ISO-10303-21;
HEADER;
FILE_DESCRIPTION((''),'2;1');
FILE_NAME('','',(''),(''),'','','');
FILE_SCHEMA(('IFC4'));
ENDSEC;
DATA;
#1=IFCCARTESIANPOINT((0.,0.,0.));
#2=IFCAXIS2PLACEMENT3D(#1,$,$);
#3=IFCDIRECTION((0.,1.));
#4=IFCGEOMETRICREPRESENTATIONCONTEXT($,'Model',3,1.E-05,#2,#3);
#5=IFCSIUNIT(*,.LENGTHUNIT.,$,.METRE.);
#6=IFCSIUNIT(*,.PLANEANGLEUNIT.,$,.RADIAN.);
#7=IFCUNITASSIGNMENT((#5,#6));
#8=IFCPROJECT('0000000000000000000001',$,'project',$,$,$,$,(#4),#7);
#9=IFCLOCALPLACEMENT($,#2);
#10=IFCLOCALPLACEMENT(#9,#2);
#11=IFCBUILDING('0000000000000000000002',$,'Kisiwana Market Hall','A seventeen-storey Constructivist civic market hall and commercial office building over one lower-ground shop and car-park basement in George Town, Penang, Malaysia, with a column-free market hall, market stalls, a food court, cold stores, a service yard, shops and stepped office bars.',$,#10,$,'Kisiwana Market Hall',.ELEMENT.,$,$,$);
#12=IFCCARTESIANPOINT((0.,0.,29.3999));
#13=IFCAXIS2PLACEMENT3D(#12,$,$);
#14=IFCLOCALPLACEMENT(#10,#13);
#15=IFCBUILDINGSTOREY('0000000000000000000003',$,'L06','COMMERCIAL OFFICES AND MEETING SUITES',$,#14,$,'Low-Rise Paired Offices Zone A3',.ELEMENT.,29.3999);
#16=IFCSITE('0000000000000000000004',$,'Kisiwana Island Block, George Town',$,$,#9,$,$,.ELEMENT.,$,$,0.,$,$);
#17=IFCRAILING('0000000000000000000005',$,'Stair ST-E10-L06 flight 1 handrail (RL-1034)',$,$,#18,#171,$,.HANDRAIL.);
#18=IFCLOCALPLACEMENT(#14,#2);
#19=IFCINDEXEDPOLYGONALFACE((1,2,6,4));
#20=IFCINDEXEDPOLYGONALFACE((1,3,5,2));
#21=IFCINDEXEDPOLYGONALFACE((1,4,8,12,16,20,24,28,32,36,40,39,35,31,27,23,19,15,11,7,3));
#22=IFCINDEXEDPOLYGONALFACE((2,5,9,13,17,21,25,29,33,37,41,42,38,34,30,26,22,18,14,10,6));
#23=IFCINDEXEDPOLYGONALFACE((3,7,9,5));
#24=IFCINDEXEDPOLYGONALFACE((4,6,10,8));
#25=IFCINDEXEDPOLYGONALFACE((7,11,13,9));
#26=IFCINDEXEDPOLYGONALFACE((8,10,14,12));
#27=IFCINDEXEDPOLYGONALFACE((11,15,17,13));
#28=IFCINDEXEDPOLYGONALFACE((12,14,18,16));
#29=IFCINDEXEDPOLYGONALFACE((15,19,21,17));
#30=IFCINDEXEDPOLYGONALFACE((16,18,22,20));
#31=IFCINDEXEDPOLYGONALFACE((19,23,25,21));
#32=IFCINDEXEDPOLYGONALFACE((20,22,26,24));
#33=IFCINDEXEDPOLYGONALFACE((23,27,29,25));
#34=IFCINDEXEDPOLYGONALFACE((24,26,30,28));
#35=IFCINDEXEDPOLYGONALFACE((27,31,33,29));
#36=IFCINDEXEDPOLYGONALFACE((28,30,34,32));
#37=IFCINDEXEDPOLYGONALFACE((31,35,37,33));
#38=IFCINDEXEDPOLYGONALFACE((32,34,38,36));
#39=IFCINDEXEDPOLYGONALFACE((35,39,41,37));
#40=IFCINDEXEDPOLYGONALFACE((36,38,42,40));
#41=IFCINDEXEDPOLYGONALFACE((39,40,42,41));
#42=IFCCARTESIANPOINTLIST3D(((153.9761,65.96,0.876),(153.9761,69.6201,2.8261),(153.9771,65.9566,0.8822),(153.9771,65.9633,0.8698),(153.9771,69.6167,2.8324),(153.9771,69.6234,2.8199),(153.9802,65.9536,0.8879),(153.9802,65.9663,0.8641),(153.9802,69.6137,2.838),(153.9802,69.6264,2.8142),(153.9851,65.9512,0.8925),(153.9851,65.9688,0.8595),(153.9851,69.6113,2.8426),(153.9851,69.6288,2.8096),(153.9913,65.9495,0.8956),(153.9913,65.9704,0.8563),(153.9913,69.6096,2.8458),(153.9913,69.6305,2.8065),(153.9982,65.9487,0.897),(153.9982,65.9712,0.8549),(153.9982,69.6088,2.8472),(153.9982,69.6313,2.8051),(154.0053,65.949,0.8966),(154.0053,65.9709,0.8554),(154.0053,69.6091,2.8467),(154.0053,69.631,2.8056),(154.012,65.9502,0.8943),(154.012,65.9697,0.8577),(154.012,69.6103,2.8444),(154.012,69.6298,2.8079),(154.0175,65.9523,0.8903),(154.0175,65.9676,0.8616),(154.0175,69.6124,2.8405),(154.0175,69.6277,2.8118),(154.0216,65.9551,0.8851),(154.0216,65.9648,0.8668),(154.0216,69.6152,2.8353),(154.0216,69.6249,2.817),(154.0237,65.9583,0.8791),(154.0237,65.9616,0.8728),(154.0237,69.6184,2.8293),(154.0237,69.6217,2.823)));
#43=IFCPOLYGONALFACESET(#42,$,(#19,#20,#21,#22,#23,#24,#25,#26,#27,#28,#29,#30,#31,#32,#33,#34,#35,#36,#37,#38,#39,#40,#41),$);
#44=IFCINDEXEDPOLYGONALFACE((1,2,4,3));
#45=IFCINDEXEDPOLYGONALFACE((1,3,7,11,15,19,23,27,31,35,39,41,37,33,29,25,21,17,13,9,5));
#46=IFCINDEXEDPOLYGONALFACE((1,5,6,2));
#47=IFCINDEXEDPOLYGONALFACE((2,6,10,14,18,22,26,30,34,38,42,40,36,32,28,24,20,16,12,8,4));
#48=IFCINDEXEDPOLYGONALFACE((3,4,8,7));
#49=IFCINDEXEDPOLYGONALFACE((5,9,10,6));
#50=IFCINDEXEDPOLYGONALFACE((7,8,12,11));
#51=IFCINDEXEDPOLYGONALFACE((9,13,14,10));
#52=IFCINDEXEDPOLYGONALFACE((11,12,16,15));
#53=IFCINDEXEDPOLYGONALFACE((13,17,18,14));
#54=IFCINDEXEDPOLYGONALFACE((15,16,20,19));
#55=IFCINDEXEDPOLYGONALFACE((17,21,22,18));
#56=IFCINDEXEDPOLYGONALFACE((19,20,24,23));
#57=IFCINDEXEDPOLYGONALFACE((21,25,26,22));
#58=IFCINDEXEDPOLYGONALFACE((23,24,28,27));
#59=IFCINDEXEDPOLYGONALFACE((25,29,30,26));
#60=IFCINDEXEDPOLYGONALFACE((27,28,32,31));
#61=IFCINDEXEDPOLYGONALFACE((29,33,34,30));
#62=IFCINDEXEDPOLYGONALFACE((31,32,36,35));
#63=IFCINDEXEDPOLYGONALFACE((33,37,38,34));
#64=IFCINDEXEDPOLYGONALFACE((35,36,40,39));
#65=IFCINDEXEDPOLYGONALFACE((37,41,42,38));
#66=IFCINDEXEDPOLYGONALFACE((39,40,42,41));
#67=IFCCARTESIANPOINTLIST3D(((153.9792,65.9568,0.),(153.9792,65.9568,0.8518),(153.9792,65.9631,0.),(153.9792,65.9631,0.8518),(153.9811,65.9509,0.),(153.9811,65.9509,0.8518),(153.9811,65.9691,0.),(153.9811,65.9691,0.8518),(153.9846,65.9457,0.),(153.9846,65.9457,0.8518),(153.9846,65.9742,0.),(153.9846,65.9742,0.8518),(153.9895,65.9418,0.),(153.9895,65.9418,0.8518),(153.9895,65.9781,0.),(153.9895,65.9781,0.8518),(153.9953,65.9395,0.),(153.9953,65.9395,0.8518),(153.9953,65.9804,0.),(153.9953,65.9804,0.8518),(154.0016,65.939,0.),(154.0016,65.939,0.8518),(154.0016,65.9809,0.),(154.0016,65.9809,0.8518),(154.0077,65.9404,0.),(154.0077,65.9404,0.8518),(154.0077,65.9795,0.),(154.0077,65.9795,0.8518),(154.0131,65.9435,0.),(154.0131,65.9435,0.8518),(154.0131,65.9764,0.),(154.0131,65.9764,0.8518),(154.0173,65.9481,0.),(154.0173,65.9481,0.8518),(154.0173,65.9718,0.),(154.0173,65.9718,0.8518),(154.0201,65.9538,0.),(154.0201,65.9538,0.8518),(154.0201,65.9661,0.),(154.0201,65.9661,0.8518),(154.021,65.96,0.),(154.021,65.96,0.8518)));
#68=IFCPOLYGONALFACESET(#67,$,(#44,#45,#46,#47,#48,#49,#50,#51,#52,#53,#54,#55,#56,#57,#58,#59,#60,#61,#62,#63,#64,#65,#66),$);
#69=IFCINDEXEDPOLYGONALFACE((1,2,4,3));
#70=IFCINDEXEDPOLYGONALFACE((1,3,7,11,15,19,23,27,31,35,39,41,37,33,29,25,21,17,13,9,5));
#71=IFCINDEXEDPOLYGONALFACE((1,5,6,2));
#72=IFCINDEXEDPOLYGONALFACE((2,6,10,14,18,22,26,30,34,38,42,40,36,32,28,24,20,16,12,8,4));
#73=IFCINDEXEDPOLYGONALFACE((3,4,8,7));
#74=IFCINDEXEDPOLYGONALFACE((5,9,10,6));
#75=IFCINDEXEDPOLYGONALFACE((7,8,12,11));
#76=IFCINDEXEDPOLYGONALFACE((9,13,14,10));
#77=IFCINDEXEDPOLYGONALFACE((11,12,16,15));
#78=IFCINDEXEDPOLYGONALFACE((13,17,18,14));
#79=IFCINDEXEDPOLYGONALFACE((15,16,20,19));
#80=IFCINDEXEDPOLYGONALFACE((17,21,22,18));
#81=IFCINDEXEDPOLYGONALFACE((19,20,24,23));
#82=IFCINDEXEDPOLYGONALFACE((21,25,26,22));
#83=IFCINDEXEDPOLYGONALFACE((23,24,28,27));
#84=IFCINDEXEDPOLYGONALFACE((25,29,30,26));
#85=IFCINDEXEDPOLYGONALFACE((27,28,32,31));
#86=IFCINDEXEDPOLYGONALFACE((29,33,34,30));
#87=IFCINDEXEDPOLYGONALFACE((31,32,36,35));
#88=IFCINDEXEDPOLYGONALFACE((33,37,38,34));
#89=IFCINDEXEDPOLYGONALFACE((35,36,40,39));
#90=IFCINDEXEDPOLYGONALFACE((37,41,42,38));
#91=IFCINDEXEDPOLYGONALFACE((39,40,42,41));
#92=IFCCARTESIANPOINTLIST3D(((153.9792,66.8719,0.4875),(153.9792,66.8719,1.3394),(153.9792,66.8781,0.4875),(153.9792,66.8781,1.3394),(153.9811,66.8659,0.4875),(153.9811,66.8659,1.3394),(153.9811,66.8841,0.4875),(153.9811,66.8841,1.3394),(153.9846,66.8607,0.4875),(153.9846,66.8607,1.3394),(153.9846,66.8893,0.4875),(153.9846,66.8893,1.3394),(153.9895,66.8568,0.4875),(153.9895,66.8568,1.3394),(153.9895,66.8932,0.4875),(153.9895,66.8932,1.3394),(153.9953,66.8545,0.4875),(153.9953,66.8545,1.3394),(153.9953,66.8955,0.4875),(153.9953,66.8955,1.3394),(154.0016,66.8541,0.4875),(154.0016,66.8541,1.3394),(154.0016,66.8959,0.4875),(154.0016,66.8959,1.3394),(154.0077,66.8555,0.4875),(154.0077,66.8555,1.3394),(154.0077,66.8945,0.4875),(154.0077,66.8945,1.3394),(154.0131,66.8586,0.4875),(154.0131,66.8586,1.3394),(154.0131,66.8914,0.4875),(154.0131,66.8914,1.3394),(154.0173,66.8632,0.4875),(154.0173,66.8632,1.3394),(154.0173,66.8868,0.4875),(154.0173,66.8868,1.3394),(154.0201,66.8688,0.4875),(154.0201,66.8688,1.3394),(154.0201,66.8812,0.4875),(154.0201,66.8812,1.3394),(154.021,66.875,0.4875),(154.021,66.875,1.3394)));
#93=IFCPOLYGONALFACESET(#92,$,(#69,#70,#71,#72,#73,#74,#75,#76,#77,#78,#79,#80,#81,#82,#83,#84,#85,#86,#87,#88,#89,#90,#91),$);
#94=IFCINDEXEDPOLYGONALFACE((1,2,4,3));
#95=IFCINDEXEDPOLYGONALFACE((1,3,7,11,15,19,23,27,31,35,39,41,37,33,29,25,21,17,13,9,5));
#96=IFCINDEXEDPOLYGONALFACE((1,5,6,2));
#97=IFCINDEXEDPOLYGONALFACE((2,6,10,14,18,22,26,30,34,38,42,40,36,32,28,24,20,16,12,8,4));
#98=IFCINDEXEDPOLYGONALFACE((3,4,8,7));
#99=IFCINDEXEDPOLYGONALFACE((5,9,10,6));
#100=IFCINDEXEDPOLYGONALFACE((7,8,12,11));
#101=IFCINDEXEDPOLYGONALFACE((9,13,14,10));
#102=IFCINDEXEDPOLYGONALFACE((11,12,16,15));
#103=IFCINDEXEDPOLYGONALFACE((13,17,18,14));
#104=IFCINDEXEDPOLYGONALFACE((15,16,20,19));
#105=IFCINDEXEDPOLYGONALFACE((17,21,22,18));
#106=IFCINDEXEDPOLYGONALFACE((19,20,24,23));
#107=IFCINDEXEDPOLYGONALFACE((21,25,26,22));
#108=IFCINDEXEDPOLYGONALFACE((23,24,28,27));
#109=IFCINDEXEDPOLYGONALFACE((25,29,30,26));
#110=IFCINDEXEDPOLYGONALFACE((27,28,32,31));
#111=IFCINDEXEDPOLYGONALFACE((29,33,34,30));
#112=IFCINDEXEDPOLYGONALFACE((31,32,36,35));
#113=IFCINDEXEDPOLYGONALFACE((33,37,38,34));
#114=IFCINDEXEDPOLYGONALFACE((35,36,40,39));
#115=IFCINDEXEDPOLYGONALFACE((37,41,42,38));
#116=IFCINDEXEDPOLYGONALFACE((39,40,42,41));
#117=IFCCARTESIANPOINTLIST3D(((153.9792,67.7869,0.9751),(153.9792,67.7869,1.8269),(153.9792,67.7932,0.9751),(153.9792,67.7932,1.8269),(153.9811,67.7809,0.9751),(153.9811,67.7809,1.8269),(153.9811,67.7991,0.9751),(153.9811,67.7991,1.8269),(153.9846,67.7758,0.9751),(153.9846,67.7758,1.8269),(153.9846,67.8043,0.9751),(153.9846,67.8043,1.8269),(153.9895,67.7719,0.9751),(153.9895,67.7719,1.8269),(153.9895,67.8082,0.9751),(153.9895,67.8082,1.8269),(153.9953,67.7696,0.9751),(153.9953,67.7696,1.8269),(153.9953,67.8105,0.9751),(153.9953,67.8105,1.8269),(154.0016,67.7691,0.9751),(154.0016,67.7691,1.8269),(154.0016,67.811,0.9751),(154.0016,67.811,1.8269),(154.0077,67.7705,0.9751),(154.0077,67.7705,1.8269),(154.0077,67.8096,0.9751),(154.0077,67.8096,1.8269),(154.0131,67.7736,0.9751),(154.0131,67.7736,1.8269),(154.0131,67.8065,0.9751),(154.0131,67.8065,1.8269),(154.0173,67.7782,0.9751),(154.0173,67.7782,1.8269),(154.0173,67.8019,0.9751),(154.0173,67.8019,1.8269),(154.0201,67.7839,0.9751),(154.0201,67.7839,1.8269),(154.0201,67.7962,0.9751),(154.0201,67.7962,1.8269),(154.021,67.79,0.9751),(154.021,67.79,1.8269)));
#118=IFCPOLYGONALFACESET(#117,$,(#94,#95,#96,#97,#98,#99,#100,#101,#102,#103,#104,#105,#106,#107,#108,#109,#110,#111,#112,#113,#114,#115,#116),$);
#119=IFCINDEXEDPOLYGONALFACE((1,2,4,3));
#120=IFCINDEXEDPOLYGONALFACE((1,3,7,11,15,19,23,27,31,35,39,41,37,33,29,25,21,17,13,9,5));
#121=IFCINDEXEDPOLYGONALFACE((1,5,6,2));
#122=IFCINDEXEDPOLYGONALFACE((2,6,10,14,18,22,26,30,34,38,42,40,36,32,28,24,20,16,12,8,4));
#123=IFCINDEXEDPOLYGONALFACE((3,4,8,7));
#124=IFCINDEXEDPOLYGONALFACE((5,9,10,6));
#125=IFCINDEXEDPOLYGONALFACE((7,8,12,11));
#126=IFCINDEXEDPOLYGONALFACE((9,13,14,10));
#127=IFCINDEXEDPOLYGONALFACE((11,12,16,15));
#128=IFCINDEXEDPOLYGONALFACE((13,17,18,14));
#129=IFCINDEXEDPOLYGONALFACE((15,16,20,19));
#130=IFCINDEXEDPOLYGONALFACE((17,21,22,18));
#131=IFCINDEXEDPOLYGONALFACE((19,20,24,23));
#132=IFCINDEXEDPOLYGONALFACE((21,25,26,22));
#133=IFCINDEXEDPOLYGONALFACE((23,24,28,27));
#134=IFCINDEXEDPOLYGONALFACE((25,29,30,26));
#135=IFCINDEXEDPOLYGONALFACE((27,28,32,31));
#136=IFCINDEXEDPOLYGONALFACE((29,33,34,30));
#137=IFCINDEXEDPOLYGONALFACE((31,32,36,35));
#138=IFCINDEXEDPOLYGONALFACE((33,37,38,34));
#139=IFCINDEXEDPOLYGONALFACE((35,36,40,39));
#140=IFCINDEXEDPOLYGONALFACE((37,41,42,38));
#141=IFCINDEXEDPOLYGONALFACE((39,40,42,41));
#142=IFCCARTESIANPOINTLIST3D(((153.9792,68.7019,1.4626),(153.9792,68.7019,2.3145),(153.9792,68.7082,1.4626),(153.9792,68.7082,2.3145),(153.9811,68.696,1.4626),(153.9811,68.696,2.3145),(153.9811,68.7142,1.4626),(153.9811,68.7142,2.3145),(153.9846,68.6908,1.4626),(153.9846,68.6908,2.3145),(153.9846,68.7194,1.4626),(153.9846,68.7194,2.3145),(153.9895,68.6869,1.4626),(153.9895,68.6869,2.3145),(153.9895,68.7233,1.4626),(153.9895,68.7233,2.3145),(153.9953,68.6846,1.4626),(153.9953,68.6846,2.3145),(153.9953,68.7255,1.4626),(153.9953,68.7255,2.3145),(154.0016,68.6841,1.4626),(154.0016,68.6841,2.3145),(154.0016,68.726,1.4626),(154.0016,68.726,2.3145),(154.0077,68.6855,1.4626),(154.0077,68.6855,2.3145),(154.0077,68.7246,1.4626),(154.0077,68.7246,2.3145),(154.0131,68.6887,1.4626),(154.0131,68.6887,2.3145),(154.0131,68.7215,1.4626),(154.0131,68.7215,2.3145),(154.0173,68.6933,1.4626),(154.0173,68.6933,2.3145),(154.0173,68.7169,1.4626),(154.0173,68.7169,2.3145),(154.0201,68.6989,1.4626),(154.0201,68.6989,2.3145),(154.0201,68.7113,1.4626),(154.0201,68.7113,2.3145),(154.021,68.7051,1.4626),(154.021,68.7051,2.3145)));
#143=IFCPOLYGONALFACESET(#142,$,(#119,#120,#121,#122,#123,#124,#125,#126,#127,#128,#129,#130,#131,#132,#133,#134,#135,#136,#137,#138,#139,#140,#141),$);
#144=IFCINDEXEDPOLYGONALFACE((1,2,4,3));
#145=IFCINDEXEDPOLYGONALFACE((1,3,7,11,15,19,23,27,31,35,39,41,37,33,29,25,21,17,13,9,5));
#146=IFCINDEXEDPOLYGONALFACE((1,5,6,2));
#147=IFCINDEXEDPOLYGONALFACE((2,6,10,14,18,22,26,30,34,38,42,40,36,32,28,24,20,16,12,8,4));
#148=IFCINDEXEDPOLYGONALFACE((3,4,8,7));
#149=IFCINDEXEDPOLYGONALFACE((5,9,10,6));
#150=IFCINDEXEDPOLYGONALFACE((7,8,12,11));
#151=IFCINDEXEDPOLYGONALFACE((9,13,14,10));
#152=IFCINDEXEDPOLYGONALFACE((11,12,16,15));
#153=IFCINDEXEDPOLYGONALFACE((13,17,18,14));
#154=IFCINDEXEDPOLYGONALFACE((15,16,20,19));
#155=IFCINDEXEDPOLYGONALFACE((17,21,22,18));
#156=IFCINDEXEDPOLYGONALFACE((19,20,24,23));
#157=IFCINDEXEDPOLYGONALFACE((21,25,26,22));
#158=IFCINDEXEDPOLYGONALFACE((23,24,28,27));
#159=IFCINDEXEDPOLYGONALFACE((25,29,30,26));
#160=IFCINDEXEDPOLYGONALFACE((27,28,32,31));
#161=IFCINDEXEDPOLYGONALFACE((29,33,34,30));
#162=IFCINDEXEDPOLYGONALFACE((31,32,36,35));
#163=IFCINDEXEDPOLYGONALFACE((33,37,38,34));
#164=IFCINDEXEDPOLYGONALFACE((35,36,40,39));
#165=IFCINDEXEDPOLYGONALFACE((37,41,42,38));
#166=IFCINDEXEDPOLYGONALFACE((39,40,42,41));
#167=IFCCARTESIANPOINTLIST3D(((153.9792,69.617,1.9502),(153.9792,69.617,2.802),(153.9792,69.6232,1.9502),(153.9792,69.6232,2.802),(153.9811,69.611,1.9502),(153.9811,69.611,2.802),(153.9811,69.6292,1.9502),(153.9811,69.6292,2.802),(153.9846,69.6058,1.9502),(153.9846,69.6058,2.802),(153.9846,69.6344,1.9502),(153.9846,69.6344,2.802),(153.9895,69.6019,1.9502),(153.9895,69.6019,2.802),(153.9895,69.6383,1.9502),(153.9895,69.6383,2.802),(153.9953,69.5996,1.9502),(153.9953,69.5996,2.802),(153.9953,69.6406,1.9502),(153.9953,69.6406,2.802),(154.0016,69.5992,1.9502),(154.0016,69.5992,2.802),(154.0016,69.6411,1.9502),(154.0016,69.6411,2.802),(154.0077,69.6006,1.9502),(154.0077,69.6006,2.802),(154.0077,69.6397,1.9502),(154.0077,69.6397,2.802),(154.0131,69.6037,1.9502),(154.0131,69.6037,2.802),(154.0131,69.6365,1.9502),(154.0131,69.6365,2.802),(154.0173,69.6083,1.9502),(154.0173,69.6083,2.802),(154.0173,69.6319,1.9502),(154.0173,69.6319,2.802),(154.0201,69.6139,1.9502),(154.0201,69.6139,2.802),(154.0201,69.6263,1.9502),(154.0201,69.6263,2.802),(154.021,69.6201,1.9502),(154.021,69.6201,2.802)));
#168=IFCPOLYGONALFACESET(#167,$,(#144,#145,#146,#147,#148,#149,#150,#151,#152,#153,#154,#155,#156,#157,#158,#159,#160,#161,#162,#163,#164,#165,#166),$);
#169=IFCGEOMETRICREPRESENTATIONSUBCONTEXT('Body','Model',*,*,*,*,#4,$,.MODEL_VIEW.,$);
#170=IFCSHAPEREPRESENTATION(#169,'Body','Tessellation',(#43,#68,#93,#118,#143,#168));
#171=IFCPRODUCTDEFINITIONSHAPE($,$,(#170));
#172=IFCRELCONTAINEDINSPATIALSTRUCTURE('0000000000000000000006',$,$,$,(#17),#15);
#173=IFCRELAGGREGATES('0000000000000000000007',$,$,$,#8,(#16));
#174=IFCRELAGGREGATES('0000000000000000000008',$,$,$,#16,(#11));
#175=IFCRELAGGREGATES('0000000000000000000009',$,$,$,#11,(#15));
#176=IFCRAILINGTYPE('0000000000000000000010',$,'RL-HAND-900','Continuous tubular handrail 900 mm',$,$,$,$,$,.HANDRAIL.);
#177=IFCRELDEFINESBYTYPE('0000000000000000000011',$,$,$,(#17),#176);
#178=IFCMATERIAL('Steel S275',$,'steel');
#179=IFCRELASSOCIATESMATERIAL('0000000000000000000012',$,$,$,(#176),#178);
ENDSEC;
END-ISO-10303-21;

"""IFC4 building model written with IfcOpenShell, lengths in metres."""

from ifc_helpers import new_model, si_unit, direction, frame, origin, origin_2d, place, context, subcontext, project, spatial, circle, extrude, material, type_object, element, save


model = new_model("IFC4")

# Units and contexts
model_context = context("Model", 3, precision=1e-05, world=origin(), true_north=direction((0.0, 1.0)))
body_context = subcontext(model_context, "Body", "Model", "MODEL_VIEW")
ifc_project = project(units=[si_unit("LENGTHUNIT", "METRE"), si_unit("PLANEANGLEUNIT", "RADIAN")], contexts=[model_context])

# Site, building, storey
site_placement = place(None, origin())
site = spatial("IfcSite", under=ifc_project, at=site_placement, Name="Kisiwana Island Block, George Town", CompositionType="ELEMENT", RefElevation=0.0)
building_placement = place(site_placement, origin())
building = spatial("IfcBuilding", under=site, at=building_placement, Name="Kisiwana Market Hall", Description="A seventeen-storey Constructivist civic market hall and commercial office building over one lower-ground shop and car-park basement in George Town, Penang, Malaysia, with a column-free market hall, market stalls, a food court, cold stores, a service yard, shops and stepped office bars.", LongName="Kisiwana Market Hall", CompositionType="ELEMENT")
storey_placement = place(building_placement, frame((0.0, 0.0, 29.3999)))
storey = spatial("IfcBuildingStorey", under=building, at=storey_placement, Name="L06", Description="COMMERCIAL OFFICES AND MEETING SUITES", LongName="Low-Rise Paired Offices Zone A3", CompositionType="ELEMENT", Elevation=29.3999)

# Railing
ifc_material_1 = material(Name="Steel S275", Category="steel")
railing_type_1 = type_object("IfcRailingType", Name="RL-HAND-900", Description="Continuous tubular handrail 900 mm", PredefinedType="HANDRAIL", material=ifc_material_1)
for number, where, name in (
    (1, (154.0, 65.96, 0.0), "Stair ST-E10-L06 flight 1 handrail (RL-1034)"),
):
    element("IfcRailing", number, at=place(storey_placement, frame(where)), inside=storey, type_object=railing_type_1, Name=name, PredefinedType="HANDRAIL", context=body_context, shape_type="SweptSolid", body=[
        extrude(circle(Radius=0.0239, at=origin_2d()), frame((0.0, 0.0, 0.876), z_axis=(0.0, 0.882542, 0.470234), x_axis=(-1.0, 0.0, 0.0)), (0.0, 0.0, 1.0), 4.1472),
        extrude(circle(Radius=0.021, at=origin_2d()), origin(), (0.0, 0.0, 1.0), 0.8518),
        extrude(circle(Radius=0.021, at=origin_2d()), frame((0.0, 0.915, 0.4875)), (0.0, 0.0, 1.0), 0.8518),
        extrude(circle(Radius=0.021, at=origin_2d()), frame((0.0, 1.8301, 0.9751)), (0.0, 0.0, 1.0), 0.8518),
        extrude(circle(Radius=0.021, at=origin_2d()), frame((0.0, 2.7451, 1.4626)), (0.0, 0.0, 1.0), 0.8518),
        extrude(circle(Radius=0.021, at=origin_2d()), frame((0.0, 3.6602, 1.9502)), (0.0, 0.0, 1.0), 0.8518),
    ])

save(model, "model.ifc")
